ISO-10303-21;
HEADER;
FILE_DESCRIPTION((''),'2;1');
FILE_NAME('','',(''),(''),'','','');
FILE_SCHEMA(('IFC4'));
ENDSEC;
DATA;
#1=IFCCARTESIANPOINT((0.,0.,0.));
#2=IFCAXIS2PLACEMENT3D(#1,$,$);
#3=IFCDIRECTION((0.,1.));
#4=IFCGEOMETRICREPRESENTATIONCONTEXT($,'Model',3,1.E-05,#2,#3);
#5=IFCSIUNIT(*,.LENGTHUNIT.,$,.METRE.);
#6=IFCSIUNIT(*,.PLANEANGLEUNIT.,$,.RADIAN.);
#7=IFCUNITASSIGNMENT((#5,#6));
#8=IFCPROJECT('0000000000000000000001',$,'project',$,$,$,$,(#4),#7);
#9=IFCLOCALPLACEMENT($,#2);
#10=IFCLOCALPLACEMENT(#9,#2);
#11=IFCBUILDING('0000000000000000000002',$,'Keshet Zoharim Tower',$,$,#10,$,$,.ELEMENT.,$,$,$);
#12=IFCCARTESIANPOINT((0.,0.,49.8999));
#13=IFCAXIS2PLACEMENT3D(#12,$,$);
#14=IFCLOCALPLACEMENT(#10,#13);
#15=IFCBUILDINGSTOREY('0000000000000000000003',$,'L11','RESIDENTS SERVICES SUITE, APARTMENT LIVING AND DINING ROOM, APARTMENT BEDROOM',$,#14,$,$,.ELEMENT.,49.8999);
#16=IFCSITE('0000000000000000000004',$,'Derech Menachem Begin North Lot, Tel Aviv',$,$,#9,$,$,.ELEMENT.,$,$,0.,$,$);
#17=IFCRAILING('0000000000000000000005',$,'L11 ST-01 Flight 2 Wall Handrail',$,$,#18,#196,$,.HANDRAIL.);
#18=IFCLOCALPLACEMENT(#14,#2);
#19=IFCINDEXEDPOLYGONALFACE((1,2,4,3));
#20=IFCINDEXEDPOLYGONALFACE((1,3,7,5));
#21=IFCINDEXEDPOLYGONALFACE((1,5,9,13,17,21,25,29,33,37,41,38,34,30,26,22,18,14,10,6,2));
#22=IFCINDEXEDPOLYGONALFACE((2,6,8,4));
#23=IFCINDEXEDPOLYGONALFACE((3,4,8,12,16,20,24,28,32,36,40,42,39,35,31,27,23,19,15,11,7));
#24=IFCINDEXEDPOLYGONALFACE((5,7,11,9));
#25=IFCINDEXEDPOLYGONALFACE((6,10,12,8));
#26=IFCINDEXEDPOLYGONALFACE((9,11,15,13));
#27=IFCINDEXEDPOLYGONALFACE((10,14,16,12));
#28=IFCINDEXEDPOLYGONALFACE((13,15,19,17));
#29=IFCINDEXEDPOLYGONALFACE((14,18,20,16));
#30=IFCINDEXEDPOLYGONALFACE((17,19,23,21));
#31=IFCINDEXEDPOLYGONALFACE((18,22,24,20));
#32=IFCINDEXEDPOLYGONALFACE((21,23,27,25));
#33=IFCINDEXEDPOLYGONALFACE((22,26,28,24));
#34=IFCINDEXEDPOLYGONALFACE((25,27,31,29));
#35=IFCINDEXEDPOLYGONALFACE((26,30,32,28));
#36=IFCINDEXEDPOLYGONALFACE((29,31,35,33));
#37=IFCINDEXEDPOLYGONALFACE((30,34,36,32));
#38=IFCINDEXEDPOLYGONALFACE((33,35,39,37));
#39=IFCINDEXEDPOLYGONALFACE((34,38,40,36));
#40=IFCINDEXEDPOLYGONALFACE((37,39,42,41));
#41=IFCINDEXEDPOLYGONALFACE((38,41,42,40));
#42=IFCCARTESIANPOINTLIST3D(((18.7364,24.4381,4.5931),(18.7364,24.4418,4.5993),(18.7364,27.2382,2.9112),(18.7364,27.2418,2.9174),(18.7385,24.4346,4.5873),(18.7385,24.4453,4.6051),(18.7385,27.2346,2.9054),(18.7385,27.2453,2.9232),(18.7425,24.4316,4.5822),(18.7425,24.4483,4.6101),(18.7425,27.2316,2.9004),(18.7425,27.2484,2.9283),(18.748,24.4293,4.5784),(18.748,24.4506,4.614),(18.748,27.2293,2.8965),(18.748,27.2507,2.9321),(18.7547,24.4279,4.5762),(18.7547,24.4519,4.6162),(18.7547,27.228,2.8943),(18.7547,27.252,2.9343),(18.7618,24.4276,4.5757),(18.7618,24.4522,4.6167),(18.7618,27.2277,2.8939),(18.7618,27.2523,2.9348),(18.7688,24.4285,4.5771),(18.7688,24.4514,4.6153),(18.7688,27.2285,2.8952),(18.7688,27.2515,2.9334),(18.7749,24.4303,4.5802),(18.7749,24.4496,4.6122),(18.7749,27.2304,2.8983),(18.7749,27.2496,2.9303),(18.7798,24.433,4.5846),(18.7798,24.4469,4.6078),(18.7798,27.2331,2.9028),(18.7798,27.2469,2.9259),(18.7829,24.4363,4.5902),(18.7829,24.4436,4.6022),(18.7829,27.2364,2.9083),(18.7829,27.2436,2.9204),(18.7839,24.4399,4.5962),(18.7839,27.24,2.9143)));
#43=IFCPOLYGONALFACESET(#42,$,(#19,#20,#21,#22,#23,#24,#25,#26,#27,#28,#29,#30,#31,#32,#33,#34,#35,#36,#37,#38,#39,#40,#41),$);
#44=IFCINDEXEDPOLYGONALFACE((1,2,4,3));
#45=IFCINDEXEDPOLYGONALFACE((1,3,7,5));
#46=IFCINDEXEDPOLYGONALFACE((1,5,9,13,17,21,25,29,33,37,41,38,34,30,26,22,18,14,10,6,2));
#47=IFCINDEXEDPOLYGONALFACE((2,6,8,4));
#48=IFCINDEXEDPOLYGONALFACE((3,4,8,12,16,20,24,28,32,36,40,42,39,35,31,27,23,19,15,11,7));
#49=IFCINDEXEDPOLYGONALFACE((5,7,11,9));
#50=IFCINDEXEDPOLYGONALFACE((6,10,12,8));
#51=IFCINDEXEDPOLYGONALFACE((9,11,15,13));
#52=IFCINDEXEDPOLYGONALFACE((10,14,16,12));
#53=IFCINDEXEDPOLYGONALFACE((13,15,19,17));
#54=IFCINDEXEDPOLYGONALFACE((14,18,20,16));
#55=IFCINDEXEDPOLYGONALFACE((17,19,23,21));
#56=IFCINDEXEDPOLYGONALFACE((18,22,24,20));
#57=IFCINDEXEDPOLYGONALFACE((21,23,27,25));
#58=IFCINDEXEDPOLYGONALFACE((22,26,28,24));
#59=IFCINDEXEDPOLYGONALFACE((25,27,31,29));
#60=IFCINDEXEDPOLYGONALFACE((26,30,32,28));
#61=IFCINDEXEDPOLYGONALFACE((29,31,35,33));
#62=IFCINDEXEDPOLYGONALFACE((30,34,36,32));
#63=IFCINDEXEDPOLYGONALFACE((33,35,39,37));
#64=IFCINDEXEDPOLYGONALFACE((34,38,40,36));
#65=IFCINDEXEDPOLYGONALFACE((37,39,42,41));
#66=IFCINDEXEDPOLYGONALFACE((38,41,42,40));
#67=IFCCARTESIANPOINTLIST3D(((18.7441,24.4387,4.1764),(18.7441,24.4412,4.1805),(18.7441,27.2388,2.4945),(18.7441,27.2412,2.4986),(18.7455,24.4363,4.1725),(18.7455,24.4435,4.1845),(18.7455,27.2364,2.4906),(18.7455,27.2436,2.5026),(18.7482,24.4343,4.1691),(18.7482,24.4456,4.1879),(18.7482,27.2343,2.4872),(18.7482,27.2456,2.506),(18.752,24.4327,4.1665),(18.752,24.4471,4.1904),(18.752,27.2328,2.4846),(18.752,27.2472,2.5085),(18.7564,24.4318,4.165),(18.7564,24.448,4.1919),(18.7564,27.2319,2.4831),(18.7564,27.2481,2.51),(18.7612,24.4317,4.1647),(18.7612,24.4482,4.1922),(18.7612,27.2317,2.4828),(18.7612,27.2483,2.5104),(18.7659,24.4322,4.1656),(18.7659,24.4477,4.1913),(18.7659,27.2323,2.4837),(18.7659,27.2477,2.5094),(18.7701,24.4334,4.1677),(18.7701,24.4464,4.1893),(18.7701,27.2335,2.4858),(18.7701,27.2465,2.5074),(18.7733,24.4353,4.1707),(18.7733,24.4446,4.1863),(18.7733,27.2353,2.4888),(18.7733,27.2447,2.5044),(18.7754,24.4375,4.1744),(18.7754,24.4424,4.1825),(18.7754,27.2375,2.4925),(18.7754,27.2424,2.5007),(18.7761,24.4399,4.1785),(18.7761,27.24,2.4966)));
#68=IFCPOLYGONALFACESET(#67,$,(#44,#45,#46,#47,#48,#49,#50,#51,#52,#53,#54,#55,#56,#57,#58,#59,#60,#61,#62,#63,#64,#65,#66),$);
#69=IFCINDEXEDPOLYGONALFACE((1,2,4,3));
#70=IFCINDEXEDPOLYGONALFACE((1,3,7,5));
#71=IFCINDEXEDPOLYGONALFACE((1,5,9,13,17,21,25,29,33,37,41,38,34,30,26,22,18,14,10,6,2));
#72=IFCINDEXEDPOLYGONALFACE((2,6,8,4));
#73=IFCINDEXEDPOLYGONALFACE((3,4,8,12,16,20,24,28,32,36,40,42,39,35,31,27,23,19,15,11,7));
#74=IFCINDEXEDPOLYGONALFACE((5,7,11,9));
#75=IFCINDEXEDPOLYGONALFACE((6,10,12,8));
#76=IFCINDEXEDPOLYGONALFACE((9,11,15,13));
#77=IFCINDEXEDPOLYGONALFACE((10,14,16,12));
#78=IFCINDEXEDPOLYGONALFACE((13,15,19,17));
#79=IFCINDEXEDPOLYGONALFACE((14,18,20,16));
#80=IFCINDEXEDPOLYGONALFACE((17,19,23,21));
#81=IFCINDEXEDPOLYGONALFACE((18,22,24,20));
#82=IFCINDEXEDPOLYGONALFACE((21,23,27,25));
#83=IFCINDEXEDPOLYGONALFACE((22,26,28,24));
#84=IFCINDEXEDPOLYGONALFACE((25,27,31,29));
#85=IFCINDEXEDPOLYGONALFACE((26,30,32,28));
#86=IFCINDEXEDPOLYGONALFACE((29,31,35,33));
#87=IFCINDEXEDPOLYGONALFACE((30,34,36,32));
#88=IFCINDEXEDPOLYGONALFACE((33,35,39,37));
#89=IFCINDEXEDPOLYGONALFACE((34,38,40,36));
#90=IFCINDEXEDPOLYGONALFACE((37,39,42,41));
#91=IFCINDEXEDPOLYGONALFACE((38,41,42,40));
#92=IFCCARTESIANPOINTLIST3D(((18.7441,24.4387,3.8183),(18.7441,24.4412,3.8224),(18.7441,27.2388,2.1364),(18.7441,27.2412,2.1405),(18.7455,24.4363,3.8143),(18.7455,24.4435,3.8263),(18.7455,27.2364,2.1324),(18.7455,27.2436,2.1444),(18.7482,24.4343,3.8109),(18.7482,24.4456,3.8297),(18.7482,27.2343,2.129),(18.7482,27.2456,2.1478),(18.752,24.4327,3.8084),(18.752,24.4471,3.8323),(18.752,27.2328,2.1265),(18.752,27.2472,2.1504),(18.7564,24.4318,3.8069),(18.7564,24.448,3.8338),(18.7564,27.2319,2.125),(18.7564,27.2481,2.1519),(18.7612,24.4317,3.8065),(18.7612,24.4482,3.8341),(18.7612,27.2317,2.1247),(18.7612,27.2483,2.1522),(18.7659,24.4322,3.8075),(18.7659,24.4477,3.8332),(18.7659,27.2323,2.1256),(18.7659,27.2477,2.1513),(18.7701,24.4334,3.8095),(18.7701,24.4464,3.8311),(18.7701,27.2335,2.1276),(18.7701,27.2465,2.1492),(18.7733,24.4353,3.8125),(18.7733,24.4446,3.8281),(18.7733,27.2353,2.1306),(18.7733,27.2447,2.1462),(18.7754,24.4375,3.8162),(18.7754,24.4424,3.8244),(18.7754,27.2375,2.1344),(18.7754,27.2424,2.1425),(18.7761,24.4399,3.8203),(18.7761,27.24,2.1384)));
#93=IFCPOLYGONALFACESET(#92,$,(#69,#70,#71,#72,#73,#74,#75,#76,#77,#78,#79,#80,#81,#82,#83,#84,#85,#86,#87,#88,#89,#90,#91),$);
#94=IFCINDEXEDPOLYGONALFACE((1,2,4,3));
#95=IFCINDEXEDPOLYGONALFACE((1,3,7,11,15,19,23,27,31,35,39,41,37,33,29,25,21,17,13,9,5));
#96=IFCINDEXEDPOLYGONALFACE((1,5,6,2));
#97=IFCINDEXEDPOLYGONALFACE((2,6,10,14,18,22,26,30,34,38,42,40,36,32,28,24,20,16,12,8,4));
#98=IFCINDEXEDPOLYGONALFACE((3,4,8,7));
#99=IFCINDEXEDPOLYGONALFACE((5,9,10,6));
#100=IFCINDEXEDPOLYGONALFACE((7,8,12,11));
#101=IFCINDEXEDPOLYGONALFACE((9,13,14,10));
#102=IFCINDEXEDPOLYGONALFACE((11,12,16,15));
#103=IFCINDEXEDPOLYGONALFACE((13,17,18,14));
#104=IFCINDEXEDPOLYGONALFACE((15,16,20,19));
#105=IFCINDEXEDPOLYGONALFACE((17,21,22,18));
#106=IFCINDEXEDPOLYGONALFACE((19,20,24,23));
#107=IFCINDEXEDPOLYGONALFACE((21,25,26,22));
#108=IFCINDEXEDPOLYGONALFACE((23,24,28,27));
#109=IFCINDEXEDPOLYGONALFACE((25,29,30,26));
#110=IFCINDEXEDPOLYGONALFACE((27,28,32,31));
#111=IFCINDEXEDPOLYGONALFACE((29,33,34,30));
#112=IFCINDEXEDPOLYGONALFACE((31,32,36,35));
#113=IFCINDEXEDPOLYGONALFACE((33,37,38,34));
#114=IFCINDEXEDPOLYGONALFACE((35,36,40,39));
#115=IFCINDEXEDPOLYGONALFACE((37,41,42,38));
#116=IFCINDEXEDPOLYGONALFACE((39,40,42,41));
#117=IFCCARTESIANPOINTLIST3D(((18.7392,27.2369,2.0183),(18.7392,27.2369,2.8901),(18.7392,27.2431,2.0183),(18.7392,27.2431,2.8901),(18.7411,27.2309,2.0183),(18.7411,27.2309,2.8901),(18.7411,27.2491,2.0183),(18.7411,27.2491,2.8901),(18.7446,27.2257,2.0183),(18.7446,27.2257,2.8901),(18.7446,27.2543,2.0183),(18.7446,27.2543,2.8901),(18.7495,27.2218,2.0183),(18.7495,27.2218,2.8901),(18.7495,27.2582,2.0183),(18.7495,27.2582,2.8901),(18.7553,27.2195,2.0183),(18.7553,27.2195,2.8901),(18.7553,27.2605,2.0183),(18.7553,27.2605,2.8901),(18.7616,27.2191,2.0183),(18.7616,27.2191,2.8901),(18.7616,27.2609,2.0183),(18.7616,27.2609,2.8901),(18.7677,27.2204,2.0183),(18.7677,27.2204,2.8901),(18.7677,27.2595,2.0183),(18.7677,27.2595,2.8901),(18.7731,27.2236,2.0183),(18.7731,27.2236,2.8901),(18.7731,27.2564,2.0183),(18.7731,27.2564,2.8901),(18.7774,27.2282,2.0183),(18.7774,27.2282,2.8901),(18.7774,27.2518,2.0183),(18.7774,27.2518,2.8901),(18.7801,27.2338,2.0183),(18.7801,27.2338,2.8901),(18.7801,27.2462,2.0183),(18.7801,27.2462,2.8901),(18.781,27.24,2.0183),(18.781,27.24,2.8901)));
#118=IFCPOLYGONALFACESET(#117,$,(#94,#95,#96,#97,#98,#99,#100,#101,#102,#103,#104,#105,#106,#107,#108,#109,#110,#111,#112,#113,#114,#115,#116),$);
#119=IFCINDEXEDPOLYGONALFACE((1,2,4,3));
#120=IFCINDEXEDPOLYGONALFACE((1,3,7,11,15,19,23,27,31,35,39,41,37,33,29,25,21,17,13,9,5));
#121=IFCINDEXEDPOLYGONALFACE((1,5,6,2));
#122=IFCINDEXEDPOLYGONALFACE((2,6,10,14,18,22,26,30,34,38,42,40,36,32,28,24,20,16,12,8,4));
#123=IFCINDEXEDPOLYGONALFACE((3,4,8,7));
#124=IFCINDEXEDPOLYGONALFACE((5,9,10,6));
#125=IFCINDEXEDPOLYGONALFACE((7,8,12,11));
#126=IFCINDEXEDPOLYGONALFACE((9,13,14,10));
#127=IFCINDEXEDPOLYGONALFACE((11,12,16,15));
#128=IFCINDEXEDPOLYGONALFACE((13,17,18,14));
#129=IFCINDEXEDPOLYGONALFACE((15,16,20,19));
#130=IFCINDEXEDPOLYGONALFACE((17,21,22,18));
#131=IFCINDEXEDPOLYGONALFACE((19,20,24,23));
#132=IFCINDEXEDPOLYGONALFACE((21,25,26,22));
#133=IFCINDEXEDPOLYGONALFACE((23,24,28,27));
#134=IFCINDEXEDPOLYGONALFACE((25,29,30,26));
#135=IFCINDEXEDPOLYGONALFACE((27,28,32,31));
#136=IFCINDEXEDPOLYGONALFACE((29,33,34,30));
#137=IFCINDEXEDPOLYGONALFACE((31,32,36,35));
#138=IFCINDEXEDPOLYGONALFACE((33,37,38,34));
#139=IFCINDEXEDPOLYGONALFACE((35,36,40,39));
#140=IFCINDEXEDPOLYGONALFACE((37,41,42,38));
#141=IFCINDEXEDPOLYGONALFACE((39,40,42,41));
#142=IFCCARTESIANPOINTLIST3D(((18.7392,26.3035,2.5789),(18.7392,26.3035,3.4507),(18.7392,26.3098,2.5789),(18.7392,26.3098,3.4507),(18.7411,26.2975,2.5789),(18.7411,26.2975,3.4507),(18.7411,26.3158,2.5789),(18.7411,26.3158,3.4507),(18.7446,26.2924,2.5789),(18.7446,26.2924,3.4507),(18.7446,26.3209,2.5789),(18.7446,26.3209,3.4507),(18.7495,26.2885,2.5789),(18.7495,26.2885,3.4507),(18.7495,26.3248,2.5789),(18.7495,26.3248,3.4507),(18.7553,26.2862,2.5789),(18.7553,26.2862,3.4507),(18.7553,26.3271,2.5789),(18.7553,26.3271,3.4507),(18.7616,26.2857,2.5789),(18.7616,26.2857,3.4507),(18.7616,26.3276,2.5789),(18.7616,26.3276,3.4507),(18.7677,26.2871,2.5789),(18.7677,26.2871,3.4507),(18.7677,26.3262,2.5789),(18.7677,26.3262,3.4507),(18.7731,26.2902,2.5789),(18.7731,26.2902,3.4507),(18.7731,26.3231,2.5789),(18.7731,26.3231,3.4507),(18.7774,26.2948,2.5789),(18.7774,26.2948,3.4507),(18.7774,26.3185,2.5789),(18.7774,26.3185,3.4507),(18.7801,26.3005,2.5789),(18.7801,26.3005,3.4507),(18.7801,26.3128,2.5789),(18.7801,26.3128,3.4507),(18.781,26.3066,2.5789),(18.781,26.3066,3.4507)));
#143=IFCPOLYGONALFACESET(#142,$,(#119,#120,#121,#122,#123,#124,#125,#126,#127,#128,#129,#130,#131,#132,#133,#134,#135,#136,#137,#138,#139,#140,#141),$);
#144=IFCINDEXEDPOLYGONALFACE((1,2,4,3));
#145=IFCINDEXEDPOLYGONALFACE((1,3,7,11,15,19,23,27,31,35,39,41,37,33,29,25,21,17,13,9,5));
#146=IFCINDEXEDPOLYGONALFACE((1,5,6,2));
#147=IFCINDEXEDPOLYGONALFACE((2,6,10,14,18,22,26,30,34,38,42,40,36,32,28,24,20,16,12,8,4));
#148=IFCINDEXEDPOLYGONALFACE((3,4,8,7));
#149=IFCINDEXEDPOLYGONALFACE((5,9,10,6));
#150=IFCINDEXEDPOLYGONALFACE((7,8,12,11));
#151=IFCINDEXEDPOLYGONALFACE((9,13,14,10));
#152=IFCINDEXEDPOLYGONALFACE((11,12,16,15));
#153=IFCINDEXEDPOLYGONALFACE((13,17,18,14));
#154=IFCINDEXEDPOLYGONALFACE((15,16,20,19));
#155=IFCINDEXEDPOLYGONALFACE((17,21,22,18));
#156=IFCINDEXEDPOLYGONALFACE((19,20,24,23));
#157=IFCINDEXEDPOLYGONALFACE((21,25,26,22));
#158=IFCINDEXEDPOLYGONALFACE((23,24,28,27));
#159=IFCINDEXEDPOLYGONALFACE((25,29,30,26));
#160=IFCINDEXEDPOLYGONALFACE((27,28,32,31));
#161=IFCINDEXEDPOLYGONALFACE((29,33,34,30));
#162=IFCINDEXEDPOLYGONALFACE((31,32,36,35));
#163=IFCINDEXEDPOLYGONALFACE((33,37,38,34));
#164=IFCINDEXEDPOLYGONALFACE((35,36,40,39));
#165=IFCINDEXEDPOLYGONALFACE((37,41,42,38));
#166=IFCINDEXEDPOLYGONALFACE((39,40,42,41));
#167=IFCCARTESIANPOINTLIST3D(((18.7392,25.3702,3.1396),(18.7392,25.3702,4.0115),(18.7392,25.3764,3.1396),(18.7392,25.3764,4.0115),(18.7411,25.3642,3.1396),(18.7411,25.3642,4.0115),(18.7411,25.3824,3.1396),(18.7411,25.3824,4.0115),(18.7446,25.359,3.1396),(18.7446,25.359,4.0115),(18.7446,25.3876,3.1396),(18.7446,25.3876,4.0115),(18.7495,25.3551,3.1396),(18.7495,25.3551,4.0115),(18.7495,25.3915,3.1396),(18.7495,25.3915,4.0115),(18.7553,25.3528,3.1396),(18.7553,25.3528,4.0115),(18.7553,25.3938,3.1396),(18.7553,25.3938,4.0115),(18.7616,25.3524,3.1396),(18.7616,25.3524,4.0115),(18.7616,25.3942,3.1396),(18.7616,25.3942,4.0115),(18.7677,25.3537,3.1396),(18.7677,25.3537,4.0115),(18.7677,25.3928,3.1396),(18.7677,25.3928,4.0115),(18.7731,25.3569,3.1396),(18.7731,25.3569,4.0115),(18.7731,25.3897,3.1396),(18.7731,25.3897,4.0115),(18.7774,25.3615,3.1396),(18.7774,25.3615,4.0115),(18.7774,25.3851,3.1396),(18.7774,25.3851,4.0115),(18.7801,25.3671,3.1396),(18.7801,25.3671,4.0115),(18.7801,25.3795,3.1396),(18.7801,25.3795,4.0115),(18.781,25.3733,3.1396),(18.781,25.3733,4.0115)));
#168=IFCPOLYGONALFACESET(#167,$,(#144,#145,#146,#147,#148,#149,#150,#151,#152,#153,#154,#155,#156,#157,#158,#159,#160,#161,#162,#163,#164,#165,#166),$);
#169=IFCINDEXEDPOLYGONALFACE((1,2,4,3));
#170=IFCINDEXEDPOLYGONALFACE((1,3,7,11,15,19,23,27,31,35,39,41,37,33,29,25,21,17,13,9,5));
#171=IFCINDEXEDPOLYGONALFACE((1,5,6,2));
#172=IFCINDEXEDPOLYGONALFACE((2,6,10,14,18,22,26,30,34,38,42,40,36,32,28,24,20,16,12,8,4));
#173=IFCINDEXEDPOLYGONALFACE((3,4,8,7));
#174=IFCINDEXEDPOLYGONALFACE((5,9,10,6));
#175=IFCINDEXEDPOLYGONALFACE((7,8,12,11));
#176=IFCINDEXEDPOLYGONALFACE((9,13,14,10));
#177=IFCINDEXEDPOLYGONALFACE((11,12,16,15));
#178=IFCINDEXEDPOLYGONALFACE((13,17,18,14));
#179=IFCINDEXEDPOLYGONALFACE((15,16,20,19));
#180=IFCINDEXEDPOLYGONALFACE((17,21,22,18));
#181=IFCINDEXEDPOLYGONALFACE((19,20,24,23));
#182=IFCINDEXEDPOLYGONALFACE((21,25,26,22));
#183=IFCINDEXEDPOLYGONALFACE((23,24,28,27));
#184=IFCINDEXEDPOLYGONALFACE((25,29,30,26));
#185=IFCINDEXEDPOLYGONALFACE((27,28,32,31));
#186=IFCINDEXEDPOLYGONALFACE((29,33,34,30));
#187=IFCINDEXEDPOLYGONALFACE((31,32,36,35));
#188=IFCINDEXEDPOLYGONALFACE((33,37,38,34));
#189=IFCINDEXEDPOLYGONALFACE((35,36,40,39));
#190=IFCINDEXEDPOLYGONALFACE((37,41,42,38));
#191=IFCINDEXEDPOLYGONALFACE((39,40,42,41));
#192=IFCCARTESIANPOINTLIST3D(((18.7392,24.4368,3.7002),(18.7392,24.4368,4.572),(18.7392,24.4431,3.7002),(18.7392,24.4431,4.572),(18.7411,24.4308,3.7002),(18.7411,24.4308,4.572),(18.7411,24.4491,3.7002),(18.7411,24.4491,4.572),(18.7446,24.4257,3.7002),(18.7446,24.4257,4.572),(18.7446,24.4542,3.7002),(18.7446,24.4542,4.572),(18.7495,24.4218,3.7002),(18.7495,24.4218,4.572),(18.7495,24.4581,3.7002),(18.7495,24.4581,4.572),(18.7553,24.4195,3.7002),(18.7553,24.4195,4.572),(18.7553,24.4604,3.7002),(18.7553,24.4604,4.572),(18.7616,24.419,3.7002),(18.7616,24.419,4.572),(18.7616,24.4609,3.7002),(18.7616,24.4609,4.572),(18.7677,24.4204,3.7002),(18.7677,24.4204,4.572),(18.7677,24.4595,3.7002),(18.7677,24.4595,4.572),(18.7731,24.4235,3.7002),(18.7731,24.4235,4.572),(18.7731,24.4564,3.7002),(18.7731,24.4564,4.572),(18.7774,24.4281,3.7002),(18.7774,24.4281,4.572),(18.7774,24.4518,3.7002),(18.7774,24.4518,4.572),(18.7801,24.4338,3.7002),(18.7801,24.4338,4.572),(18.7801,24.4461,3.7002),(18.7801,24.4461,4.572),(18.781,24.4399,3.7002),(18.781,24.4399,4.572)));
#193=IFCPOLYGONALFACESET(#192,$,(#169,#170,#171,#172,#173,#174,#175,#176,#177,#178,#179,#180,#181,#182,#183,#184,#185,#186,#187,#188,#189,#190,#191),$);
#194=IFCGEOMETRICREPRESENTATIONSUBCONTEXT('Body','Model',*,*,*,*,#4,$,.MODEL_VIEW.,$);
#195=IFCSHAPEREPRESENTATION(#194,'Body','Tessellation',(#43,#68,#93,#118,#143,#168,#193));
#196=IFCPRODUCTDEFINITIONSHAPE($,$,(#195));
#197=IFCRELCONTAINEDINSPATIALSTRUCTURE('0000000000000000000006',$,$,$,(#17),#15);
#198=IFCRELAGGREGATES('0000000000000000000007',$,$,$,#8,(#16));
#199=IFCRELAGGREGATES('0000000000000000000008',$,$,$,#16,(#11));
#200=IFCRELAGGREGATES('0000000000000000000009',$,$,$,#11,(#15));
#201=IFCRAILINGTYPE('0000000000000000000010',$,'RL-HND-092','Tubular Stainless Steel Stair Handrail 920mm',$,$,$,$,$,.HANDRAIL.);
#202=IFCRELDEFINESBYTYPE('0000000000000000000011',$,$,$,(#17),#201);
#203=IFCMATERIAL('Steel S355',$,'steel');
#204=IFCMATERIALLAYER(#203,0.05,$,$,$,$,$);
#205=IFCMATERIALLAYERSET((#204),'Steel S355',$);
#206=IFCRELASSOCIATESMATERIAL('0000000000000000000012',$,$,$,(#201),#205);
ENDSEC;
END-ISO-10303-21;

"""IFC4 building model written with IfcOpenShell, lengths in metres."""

from ifc_helpers import new_model, si_unit, direction, frame, origin, origin_2d, place, context, subcontext, project, spatial, circle, extrude, material, layer, layer_set, type_object, element, save


model = new_model("IFC4")

# Units and contexts
model_context = context("Model", 3, precision=1e-05, world=origin(), true_north=direction((0.0, 1.0)))
body_context = subcontext(model_context, "Body", "Model", "MODEL_VIEW")
ifc_project = project(units=[si_unit("LENGTHUNIT", "METRE"), si_unit("PLANEANGLEUNIT", "RADIAN")], contexts=[model_context])

# Site, building, storey
site_placement = place(None, origin())
site = spatial("IfcSite", under=ifc_project, at=site_placement, Name="Derech Menachem Begin North Lot, Tel Aviv", CompositionType="ELEMENT", RefElevation=0.0)
building_placement = place(site_placement, origin())
building = spatial("IfcBuilding", under=site, at=building_placement, Name="Keshet Zoharim Tower", CompositionType="ELEMENT")
storey_placement = place(building_placement, frame((0.0, 0.0, 49.8999)))
storey = spatial("IfcBuildingStorey", under=building, at=storey_placement, Name="L11", Description="RESIDENTS SERVICES SUITE, APARTMENT LIVING AND DINING ROOM, APARTMENT BEDROOM", CompositionType="ELEMENT", Elevation=49.8999)

# Railing
ifc_material_1 = material(Name="Steel S355", Category="steel")
ifc_layer_1 = layer(ifc_material_1, 0.05)
ifc_layer_set_1 = layer_set([ifc_layer_1], Name="Steel S355")
railing_type_1 = type_object("IfcRailingType", Name="RL-HND-092", Description="Tubular Stainless Steel Stair Handrail 920mm", PredefinedType="HANDRAIL", material=ifc_layer_set_1)
railing_1_placement = place(storey_placement, frame((18.76, 27.24, 2.0183)))
element("IfcRailing", 1, at=railing_1_placement, inside=storey, type_object=railing_type_1, Name="L11 ST-01 Flight 2 Wall Handrail", PredefinedType="HANDRAIL", context=body_context, shape_type="SweptSolid", body=[
    extrude(circle(Radius=0.0239, at=origin_2d()), frame((0.0, 0.0, 0.896), z_axis=(0.0, -0.857242, 0.514913), x_axis=(1.0, 0.0, 0.0)), (0.0, 0.0, 1.0), 3.2664),
    extrude(circle(Radius=0.0161, at=origin_2d()), frame((0.0, 0.0, 0.4783), z_axis=(0.0, -0.857242, 0.514913), x_axis=(1.0, 0.0, 0.0)), (0.0, 0.0, 1.0), 3.2664),
    extrude(circle(Radius=0.0161, at=origin_2d()), frame((0.0, 0.0, 0.1201), z_axis=(0.0, -0.857242, 0.514913), x_axis=(1.0, 0.0, 0.0)), (0.0, 0.0, 1.0), 3.2664),
    extrude(circle(Radius=0.021, at=origin_2d()), origin(), (0.0, 0.0, 1.0), 0.8718),
    extrude(circle(Radius=0.021, at=origin_2d()), frame((0.0, -0.9333, 0.5605)), (0.0, 0.0, 1.0), 0.8718),
    extrude(circle(Radius=0.021, at=origin_2d()), frame((0.0, -1.8667, 1.1213)), (0.0, 0.0, 1.0), 0.8718),
    extrude(circle(Radius=0.021, at=origin_2d()), frame((0.0, -2.8, 1.6819)), (0.0, 0.0, 1.0), 0.8718),
])

save(model, "model.ifc")
